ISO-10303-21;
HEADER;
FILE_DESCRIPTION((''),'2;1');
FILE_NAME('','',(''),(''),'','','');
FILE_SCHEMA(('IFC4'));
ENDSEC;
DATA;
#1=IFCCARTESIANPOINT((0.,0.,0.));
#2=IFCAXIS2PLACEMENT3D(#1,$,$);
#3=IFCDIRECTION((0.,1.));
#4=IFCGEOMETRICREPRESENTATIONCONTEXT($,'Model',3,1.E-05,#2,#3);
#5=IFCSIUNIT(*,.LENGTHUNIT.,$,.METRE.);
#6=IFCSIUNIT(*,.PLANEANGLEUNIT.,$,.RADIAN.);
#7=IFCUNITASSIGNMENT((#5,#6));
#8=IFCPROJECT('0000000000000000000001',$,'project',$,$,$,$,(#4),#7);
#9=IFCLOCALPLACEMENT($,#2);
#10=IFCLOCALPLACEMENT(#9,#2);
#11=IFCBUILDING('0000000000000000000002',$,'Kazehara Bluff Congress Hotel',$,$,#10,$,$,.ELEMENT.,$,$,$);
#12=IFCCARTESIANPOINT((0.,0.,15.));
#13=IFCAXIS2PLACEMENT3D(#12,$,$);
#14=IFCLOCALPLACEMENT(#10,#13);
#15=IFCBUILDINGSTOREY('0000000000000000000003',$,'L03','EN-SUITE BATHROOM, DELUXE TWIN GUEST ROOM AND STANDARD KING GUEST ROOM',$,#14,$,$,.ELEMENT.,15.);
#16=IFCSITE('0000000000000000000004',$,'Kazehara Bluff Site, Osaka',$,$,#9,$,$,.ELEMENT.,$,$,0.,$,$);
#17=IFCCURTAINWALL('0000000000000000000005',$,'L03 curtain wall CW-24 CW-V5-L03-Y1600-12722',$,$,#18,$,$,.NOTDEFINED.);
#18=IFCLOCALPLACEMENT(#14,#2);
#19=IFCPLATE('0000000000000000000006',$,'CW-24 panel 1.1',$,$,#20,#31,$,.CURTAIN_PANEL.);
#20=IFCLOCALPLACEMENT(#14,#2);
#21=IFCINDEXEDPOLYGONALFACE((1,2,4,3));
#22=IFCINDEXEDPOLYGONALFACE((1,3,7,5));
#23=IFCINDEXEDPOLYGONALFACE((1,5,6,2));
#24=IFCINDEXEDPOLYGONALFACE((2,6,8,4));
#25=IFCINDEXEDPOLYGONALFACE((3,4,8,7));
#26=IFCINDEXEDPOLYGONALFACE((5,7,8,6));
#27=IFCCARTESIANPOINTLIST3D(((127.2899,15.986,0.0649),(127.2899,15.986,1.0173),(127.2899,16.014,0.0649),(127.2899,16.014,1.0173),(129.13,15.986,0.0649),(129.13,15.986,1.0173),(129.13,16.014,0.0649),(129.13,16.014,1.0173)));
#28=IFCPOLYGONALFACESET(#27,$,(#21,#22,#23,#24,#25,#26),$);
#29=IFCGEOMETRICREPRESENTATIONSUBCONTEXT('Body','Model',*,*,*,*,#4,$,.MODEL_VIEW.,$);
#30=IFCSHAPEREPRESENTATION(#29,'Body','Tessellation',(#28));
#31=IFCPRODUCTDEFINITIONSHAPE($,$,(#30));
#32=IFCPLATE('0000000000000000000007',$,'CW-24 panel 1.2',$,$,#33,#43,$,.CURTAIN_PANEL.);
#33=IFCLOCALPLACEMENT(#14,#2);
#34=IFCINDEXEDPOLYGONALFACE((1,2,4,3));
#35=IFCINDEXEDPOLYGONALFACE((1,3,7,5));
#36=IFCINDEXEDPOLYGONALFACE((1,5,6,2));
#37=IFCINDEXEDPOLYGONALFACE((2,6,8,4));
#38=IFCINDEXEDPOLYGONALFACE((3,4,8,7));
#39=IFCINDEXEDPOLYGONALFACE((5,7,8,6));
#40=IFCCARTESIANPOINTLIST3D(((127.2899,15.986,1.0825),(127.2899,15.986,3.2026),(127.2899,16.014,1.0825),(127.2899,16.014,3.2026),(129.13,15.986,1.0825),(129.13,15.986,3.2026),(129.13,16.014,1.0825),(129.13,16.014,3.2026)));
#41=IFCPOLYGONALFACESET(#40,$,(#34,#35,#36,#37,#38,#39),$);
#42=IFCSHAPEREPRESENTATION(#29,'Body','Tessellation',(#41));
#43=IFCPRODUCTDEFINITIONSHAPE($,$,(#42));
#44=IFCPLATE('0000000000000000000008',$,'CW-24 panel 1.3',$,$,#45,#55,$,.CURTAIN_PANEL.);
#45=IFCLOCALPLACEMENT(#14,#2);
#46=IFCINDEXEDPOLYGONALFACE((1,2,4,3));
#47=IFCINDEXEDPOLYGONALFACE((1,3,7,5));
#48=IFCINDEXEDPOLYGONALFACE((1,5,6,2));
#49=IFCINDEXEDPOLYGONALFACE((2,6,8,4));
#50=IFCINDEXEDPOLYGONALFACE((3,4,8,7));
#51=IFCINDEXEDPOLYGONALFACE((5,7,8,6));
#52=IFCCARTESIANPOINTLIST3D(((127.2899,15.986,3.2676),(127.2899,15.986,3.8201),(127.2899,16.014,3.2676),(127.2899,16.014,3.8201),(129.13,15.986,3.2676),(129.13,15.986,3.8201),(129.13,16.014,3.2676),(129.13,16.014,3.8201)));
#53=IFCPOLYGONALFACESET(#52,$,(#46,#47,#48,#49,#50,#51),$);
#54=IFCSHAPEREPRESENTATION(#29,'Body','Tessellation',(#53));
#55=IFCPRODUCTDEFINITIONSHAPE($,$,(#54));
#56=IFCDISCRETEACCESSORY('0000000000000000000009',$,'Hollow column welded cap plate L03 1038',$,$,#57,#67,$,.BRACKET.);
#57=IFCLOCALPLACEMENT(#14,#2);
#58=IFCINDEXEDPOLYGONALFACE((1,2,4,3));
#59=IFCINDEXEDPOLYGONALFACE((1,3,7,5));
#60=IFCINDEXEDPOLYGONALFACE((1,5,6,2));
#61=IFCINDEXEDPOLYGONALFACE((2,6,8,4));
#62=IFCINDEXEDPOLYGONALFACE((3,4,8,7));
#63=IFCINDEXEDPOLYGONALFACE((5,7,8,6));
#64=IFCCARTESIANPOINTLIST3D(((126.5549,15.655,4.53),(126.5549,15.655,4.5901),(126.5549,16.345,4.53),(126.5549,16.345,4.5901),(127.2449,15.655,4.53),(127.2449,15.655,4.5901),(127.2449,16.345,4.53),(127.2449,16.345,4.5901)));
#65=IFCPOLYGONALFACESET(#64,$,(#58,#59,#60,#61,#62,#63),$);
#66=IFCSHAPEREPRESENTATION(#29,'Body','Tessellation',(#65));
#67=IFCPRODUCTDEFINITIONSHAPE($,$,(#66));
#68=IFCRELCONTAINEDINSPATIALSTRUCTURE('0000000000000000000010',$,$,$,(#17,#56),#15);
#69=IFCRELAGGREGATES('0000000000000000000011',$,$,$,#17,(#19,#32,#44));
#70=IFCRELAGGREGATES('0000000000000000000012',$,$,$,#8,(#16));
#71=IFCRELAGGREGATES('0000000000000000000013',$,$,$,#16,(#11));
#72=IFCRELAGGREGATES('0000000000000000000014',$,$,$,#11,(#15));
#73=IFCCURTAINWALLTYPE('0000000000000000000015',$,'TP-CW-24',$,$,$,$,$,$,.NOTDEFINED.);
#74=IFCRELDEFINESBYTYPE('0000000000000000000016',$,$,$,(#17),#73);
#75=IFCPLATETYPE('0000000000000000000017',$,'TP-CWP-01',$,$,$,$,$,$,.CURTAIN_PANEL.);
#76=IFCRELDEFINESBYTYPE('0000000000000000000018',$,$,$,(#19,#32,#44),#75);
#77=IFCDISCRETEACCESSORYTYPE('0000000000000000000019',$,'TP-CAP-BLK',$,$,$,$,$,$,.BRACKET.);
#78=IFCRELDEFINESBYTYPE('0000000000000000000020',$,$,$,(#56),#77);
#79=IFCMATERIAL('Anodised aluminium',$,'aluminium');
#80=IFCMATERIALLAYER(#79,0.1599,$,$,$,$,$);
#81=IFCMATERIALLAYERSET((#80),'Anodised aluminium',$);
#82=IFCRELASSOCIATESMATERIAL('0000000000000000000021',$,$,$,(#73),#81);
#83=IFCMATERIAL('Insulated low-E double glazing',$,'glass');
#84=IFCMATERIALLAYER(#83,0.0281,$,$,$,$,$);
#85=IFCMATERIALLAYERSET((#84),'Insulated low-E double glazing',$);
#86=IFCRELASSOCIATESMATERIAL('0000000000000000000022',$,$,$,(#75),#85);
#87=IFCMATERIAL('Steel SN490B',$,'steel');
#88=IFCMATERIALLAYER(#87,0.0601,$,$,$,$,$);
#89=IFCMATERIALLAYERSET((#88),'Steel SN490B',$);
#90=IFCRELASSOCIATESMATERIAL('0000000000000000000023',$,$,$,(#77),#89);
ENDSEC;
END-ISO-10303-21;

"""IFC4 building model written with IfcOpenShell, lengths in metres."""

from ifc_helpers import new_model, si_unit, direction, frame, origin, origin_2d, place, context, subcontext, project, spatial, rectangle, extrude, material, layer, layer_set, type_object, element, aggregate, save


model = new_model("IFC4")

# Units and contexts
model_context = context("Model", 3, precision=1e-05, world=origin(), true_north=direction((0.0, 1.0)))
body_context = subcontext(model_context, "Body", "Model", "MODEL_VIEW")
ifc_project = project(units=[si_unit("LENGTHUNIT", "METRE"), si_unit("PLANEANGLEUNIT", "RADIAN")], contexts=[model_context])

# Site, building, storey
site_placement = place(None, origin())
site = spatial("IfcSite", under=ifc_project, at=site_placement, Name="Kazehara Bluff Site, Osaka", CompositionType="ELEMENT", RefElevation=0.0)
building_placement = place(site_placement, origin())
building = spatial("IfcBuilding", under=site, at=building_placement, Name="Kazehara Bluff Congress Hotel", CompositionType="ELEMENT")
storey_placement = place(building_placement, frame((0.0, 0.0, 15.0)))
storey = spatial("IfcBuildingStorey", under=building, at=storey_placement, Name="L03", Description="EN-SUITE BATHROOM, DELUXE TWIN GUEST ROOM AND STANDARD KING GUEST ROOM", CompositionType="ELEMENT", Elevation=15.0)

# Curtain wall
ifc_material_1 = material(Name="Anodised aluminium", Category="aluminium")
ifc_layer_1 = layer(ifc_material_1, 0.1599)
ifc_layer_set_1 = layer_set([ifc_layer_1], Name="Anodised aluminium")
curtain_wall_type = type_object("IfcCurtainWallType", Name="TP-CW-24", PredefinedType="NOTDEFINED", material=ifc_layer_set_1)
curtain_wall_1_placement = place(storey_placement, origin())
curtain_wall_1 = element("IfcCurtainWall", 1, at=curtain_wall_1_placement, inside=storey, type_object=curtain_wall_type, Name="L03 curtain wall CW-24 CW-V5-L03-Y1600-12722", PredefinedType="NOTDEFINED")

# Plates
ifc_material_2 = material(Name="Insulated low-E double glazing", Category="glass")
ifc_layer_2 = layer(ifc_material_2, 0.0281)
ifc_layer_set_2 = layer_set([ifc_layer_2], Name="Insulated low-E double glazing")
plate_type = type_object("IfcPlateType", Name="TP-CWP-01", PredefinedType="CURTAIN_PANEL", material=ifc_layer_set_2)
plate_1_placement = place(storey_placement, frame((128.21, 16.0, 0.0649), z_axis=(0.0, 0.0, 1.0), x_axis=(1.0, 0.0, 0.0)))
plate_1 = element("IfcPlate", 2, at=plate_1_placement, type_object=plate_type, Name="CW-24 panel 1.1", PredefinedType="CURTAIN_PANEL", context=body_context, shape_type="SweptSolid", body=[
    extrude(rectangle(XDim=1.8401, YDim=0.0281, at=origin_2d()), origin(), (0.0, 0.0, 1.0), 0.9524),
])
plate_2_placement = place(storey_placement, frame((128.21, 16.0, 1.0825), z_axis=(0.0, 0.0, 1.0), x_axis=(1.0, 0.0, 0.0)))
plate_2 = element("IfcPlate", 3, at=plate_2_placement, type_object=plate_type, Name="CW-24 panel 1.2", PredefinedType="CURTAIN_PANEL", context=body_context, shape_type="SweptSolid", body=[
    extrude(rectangle(XDim=1.8401, YDim=0.0281, at=origin_2d()), origin(), (0.0, 0.0, 1.0), 2.1201),
])
plate_3_placement = place(storey_placement, frame((128.21, 16.0, 3.2676), z_axis=(0.0, 0.0, 1.0), x_axis=(1.0, 0.0, 0.0)))
plate_3 = element("IfcPlate", 4, at=plate_3_placement, type_object=plate_type, Name="CW-24 panel 1.3", PredefinedType="CURTAIN_PANEL", context=body_context, shape_type="SweptSolid", body=[
    extrude(rectangle(XDim=1.8401, YDim=0.0281, at=origin_2d()), origin(), (0.0, 0.0, 1.0), 0.5525),
])
aggregate(curtain_wall_1, [plate_1, plate_2, plate_3])

# Discrete accessory
ifc_material_3 = material(Name="Steel SN490B", Category="steel")
ifc_layer_3 = layer(ifc_material_3, 0.0601)
ifc_layer_set_3 = layer_set([ifc_layer_3], Name="Steel SN490B")
discrete_accessory_type = type_object("IfcDiscreteAccessoryType", Name="TP-CAP-BLK", PredefinedType="BRACKET", material=ifc_layer_set_3)
discrete_accessory_placement = place(storey_placement, frame((126.8999, 16.0, 4.53), z_axis=(0.0, 0.0, 1.0), x_axis=(1.0, 0.0, 0.0)))
element("IfcDiscreteAccessory", 5, at=discrete_accessory_placement, inside=storey, type_object=discrete_accessory_type, Name="Hollow column welded cap plate L03 1038", PredefinedType="BRACKET", context=body_context, shape_type="SweptSolid", body=[
    extrude(rectangle(XDim=0.6899, YDim=0.6899, at=origin_2d()), origin(), (0.0, 0.0, 1.0), 0.0601),
])

save(model, "model.ifc")
